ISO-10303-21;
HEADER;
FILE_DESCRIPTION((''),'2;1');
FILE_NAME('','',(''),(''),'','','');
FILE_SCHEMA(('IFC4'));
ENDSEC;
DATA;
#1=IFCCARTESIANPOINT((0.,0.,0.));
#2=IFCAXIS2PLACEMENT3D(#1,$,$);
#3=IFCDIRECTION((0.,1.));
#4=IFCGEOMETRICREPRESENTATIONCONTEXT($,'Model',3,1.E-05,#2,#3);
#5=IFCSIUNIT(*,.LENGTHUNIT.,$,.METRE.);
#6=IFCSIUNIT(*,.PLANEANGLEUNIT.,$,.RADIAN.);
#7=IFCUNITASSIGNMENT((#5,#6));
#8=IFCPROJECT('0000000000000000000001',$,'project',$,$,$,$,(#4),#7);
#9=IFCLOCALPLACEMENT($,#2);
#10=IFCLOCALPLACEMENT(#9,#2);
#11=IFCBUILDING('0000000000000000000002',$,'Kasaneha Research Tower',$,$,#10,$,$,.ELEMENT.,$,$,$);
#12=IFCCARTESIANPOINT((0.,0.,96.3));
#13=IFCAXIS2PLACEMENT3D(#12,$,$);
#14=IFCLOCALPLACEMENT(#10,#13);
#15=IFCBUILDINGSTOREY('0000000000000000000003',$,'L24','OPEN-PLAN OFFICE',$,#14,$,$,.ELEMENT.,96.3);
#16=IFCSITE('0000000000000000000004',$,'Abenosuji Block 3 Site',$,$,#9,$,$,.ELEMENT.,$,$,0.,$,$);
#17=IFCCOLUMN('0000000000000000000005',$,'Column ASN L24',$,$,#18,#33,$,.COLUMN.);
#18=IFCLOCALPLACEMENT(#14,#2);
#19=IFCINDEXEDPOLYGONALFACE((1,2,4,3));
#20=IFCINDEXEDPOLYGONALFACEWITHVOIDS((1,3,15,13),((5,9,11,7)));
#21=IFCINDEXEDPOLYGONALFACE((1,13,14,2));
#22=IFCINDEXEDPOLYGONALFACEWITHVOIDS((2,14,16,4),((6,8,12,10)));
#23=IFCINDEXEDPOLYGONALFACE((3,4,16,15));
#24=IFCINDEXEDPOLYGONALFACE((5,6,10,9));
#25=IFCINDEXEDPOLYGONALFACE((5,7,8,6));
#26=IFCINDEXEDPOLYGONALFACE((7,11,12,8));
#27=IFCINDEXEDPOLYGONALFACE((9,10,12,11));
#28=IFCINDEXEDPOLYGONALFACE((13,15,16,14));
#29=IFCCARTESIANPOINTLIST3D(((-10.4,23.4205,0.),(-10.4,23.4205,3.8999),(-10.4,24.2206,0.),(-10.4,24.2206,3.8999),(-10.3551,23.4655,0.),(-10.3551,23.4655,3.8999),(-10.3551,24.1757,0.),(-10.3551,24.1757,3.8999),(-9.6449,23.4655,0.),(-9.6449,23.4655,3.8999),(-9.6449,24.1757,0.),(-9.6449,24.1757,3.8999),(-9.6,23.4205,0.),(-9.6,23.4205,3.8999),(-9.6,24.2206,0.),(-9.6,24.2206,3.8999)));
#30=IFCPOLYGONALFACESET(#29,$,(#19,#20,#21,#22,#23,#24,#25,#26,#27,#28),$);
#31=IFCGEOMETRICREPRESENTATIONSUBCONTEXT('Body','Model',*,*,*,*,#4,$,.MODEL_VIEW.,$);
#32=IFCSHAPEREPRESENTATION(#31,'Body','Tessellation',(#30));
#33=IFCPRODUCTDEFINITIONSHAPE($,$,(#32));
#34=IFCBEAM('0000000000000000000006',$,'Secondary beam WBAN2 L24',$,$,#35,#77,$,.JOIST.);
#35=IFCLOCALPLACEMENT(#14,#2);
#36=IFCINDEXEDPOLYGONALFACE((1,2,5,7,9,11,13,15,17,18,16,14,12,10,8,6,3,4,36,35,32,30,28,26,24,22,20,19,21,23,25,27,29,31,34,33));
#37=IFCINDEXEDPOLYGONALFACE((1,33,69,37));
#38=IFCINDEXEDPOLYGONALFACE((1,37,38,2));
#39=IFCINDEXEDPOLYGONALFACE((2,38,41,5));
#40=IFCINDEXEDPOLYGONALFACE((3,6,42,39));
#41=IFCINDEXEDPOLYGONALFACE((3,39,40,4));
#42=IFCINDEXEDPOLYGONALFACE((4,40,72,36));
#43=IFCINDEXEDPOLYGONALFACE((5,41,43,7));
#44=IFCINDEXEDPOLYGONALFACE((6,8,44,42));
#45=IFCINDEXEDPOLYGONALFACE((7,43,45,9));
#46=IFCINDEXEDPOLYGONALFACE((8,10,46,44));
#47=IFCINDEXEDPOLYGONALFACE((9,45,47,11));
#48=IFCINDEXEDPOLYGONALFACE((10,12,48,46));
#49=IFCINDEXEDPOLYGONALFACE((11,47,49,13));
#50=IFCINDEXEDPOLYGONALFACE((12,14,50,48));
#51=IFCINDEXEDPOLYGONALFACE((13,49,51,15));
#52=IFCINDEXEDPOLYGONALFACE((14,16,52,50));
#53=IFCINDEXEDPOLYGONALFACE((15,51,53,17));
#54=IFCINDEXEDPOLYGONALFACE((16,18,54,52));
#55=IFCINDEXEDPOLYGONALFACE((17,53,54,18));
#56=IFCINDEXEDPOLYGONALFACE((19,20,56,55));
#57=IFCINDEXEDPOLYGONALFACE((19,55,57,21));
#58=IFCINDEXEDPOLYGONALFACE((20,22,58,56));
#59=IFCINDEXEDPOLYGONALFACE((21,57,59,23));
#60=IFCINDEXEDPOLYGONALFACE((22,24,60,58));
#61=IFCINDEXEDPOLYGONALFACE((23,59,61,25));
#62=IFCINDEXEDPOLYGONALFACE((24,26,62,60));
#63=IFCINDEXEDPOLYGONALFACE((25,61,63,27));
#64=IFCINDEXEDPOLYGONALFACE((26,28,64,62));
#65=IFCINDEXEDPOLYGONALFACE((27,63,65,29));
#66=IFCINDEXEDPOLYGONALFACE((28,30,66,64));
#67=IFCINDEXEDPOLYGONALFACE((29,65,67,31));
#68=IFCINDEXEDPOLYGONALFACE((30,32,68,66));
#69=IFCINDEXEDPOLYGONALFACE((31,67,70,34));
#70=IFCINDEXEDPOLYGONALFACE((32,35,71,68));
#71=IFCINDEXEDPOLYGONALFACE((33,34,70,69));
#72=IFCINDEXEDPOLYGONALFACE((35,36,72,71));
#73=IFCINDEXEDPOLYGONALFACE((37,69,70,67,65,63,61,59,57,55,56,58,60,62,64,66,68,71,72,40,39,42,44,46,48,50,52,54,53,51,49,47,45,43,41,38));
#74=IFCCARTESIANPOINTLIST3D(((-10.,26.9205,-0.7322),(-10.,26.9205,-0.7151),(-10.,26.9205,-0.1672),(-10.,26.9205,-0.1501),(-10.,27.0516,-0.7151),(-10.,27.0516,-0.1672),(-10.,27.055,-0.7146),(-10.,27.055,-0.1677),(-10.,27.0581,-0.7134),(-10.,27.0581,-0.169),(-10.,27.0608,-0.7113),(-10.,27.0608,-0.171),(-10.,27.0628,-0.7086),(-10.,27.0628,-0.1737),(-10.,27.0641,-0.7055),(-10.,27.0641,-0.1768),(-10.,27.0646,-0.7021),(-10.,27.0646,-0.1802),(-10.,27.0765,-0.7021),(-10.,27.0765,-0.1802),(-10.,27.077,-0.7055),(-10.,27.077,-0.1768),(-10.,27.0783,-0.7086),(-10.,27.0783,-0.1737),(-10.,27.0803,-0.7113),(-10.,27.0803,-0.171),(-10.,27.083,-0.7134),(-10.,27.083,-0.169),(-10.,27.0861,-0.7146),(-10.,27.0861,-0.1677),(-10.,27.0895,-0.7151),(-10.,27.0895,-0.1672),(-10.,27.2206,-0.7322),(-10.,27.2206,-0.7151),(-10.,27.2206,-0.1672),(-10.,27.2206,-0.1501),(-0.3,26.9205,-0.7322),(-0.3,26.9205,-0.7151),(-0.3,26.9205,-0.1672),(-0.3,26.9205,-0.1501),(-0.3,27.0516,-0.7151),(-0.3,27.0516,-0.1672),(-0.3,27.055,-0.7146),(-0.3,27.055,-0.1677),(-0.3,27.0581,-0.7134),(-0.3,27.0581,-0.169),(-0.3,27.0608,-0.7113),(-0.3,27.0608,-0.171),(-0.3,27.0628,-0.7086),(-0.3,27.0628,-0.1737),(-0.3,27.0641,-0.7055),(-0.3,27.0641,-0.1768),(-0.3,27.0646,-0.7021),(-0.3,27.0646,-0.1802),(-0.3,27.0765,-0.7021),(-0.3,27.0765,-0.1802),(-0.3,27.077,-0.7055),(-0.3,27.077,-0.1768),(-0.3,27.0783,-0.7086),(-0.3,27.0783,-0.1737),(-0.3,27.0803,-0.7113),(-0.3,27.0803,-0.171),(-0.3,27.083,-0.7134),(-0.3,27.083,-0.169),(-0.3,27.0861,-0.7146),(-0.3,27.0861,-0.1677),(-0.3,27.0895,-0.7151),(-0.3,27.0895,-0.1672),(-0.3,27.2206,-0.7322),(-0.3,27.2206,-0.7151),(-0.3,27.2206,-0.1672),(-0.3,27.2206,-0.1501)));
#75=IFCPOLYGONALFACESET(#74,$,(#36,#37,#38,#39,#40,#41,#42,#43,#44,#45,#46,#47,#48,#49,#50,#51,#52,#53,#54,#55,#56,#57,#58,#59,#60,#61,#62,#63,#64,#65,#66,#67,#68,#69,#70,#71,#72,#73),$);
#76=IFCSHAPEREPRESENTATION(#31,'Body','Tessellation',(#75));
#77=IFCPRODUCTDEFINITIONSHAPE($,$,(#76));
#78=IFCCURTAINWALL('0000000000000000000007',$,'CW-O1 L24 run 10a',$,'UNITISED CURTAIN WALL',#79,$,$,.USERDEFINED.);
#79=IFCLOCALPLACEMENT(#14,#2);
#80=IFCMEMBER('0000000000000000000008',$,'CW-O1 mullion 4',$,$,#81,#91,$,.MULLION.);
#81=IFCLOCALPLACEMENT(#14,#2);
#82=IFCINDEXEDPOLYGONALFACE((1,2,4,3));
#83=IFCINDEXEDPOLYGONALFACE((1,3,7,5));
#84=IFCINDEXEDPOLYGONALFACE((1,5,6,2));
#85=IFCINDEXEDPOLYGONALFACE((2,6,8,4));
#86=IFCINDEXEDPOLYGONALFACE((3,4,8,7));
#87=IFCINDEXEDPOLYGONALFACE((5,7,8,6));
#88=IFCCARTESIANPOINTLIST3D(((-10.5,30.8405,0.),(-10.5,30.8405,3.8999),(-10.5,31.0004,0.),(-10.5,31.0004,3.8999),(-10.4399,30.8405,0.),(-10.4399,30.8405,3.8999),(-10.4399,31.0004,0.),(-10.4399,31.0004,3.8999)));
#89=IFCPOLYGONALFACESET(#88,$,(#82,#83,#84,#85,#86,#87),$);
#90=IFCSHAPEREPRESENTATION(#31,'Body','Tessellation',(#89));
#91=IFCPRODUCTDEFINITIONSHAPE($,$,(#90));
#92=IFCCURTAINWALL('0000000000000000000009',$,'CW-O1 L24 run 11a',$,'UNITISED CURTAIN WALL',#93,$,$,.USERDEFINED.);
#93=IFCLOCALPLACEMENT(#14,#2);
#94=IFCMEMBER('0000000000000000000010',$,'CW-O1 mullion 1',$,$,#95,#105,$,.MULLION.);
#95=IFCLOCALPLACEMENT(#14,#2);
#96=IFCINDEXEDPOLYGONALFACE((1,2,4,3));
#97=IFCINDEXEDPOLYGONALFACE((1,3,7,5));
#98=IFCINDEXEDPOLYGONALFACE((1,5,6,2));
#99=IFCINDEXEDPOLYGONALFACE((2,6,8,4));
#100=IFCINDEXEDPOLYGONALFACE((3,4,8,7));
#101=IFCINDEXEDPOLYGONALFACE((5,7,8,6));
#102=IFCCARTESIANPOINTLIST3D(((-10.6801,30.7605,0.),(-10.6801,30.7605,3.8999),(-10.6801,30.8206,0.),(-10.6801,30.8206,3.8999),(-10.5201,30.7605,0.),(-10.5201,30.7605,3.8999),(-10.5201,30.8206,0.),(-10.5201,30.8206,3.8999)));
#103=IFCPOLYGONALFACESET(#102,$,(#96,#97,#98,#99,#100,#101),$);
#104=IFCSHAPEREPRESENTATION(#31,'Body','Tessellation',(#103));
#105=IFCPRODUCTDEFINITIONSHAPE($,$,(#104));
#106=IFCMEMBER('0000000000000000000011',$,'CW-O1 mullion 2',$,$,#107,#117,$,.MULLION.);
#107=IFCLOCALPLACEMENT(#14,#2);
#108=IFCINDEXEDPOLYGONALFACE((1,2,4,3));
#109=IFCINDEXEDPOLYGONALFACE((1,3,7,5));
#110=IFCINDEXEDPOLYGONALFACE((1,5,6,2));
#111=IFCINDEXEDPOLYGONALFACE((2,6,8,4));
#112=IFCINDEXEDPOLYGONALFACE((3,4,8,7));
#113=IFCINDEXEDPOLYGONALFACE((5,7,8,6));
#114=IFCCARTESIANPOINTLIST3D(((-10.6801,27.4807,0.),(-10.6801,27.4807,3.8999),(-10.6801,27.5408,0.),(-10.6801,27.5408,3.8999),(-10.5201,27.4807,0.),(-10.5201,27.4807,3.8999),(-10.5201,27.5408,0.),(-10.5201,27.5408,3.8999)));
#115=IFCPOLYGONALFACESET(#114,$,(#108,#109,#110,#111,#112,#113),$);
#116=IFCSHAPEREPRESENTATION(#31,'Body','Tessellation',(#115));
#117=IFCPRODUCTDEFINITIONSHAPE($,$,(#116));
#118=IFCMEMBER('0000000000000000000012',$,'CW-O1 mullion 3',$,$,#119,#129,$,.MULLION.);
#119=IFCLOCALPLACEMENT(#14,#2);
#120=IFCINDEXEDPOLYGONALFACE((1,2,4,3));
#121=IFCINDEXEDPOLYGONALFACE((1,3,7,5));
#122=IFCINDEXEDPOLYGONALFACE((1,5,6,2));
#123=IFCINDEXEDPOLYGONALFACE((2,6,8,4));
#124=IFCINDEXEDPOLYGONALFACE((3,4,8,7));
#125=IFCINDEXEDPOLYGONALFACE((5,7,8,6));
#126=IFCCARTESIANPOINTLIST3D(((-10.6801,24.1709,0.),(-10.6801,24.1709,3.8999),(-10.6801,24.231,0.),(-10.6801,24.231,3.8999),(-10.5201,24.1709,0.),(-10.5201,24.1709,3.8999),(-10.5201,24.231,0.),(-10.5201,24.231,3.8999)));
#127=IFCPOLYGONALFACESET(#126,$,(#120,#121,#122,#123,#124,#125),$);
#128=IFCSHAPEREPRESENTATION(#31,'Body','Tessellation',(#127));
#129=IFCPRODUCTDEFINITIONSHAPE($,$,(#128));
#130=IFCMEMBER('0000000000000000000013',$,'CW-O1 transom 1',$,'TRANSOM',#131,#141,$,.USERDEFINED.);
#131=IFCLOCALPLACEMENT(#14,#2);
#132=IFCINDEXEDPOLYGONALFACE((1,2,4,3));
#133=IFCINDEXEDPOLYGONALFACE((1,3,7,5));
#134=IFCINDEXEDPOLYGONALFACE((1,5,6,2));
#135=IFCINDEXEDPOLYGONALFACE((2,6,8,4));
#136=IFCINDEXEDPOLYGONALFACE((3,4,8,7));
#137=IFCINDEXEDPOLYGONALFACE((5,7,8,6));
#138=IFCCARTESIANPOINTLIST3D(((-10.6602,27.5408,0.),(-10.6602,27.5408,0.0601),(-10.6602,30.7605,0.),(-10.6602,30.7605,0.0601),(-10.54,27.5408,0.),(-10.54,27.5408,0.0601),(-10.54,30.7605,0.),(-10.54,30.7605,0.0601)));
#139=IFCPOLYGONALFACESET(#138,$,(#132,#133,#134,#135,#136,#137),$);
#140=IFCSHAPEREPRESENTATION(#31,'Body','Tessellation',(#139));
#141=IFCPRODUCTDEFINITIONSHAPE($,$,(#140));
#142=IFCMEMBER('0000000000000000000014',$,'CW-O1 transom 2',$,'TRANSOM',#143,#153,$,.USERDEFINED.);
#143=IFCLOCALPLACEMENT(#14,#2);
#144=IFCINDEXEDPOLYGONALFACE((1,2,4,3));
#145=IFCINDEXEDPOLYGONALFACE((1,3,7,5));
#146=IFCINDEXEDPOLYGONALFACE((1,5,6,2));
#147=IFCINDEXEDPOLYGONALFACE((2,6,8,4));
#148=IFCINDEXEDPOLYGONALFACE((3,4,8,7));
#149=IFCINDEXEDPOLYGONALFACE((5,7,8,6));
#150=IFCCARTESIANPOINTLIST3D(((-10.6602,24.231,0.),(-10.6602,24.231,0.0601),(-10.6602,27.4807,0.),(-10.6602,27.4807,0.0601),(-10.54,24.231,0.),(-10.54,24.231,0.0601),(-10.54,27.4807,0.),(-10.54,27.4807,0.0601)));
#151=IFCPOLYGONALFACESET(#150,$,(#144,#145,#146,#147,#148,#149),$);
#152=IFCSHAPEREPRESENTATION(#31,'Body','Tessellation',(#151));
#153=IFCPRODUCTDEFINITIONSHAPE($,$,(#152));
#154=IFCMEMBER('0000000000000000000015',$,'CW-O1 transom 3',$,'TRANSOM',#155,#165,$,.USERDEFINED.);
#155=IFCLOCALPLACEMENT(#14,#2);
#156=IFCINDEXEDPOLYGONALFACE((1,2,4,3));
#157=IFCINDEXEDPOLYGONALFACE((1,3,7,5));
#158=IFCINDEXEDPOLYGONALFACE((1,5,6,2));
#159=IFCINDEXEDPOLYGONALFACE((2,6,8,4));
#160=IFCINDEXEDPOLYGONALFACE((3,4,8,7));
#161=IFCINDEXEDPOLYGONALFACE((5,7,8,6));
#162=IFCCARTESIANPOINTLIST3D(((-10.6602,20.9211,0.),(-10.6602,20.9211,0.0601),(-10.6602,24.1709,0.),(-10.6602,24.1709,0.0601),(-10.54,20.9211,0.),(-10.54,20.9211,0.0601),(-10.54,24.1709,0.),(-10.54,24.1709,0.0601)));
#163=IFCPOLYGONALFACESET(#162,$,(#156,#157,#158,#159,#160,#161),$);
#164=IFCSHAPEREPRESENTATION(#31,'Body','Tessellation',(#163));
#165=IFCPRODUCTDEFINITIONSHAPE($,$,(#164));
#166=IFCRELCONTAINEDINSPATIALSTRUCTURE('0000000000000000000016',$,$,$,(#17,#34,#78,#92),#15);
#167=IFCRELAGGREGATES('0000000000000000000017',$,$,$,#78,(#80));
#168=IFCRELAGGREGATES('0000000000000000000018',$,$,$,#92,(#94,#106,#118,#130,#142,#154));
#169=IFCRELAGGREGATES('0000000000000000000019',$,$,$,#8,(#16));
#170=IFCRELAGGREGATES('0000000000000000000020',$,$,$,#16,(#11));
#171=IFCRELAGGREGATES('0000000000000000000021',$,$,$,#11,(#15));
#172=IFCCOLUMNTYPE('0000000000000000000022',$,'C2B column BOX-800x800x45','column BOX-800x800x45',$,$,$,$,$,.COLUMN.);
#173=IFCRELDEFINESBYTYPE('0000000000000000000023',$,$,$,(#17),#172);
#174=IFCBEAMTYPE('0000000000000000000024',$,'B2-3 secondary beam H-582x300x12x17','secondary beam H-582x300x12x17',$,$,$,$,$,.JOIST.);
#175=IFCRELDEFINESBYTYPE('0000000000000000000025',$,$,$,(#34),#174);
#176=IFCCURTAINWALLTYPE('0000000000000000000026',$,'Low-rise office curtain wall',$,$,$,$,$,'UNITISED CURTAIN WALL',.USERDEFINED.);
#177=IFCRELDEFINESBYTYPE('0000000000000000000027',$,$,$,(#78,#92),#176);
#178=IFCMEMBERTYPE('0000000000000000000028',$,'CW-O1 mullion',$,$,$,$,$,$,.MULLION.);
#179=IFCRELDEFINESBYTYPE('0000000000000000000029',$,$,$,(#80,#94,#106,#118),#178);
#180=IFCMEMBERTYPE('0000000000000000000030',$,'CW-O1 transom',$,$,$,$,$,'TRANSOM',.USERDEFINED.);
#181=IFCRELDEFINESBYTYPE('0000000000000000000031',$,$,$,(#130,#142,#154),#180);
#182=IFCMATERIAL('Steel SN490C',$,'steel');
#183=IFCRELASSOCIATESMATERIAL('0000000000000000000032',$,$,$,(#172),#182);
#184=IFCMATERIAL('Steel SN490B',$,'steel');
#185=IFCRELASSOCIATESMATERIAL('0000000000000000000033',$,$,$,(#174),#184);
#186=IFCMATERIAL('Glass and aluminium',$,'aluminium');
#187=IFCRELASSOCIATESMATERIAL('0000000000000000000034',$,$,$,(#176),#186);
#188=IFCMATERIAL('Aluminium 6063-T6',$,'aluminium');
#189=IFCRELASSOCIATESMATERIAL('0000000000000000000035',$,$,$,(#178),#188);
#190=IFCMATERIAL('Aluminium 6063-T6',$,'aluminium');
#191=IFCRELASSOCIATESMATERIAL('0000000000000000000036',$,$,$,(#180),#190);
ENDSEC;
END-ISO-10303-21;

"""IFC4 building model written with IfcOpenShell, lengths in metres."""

from ifc_helpers import new_model, si_unit, direction, frame, origin, origin_2d, place, context, subcontext, project, spatial, rectangle, hollow_rectangle, i_section, extrude, material, material_profile, profile_set, type_object, element, aggregate, save


model = new_model("IFC4")

# Units and contexts
model_context = context("Model", 3, precision=1e-05, world=origin(), true_north=direction((0.0, 1.0)))
body_context = subcontext(model_context, "Body", "Model", "MODEL_VIEW")
ifc_project = project(units=[si_unit("LENGTHUNIT", "METRE"), si_unit("PLANEANGLEUNIT", "RADIAN")], contexts=[model_context])

# Site, building, storey
site_placement = place(None, origin())
site = spatial("IfcSite", under=ifc_project, at=site_placement, Name="Abenosuji Block 3 Site", CompositionType="ELEMENT", RefElevation=0.0)
building_placement = place(site_placement, origin())
building = spatial("IfcBuilding", under=site, at=building_placement, Name="Kasaneha Research Tower", CompositionType="ELEMENT")
storey_placement = place(building_placement, frame((0.0, 0.0, 96.3)))
storey = spatial("IfcBuildingStorey", under=building, at=storey_placement, Name="L24", Description="OPEN-PLAN OFFICE", CompositionType="ELEMENT", Elevation=96.3)

# Column
ifc_material_1 = material(Name="Steel SN490C", Category="steel")
ifc_material_profile_1 = material_profile(ifc_material_1, hollow_rectangle(XDim=0.8, YDim=0.8, WallThickness=0.0449, at=origin_2d()), Name="BOX-800x800x45")
ifc_profile_set_1 = profile_set([ifc_material_profile_1], Name="Steel SN490C")
column_type = type_object("IfcColumnType", Name="C2B column BOX-800x800x45", Description="column BOX-800x800x45", PredefinedType="COLUMN", material=ifc_profile_set_1)
column_placement = place(storey_placement, frame((-10.0, 23.8206, 0.0), z_axis=(0.0, 0.0, 1.0), x_axis=(1.0, 0.0, 0.0)))
element("IfcColumn", 1, at=column_placement, inside=storey, type_object=column_type, Name="Column ASN L24", PredefinedType="COLUMN", context=body_context, shape_type="SweptSolid", body=[
    extrude(hollow_rectangle(XDim=0.8, YDim=0.8, WallThickness=0.0449, at=origin_2d()), origin(), (0.0, 0.0, 1.0), 3.8999),
])

# Beam
ifc_material_2 = material(Name="Steel SN490B", Category="steel")
ifc_material_profile_2 = material_profile(ifc_material_2, i_section(OverallWidth=0.3, OverallDepth=0.582, WebThickness=0.012, FlangeThickness=0.0171, FilletRadius=0.0129, at=origin_2d()), Name="H-582x300x12x17")
ifc_profile_set_2 = profile_set([ifc_material_profile_2], Name="Steel SN490B")
beam_type_1 = type_object("IfcBeamType", Name="B2-3 secondary beam H-582x300x12x17", Description="secondary beam H-582x300x12x17", PredefinedType="JOIST", material=ifc_profile_set_2)
beam_1_placement = place(storey_placement, frame((-10.0, 27.0706, -0.4412), z_axis=(1.0, 0.0, 0.0), x_axis=(0.0, 1.0, 0.0)))
element("IfcBeam", 2, at=beam_1_placement, inside=storey, type_object=beam_type_1, Name="Secondary beam WBAN2 L24", PredefinedType="JOIST", context=body_context, shape_type="SweptSolid", body=[
    extrude(i_section(OverallWidth=0.3, OverallDepth=0.582, WebThickness=0.012, FlangeThickness=0.0171, FilletRadius=0.0129, at=origin_2d()), origin(), (0.0, 0.0, 1.0), 9.7),
])

# Curtain wall, member
ifc_material_3 = material(Name="Glass and aluminium", Category="aluminium")
curtain_wall_type = type_object("IfcCurtainWallType", Name="Low-rise office curtain wall", ElementType="UNITISED CURTAIN WALL", PredefinedType="USERDEFINED", material=ifc_material_3)
curtain_wall_1_placement = place(storey_placement, origin())
curtain_wall_1 = element("IfcCurtainWall", 3, at=curtain_wall_1_placement, inside=storey, type_object=curtain_wall_type, Name="CW-O1 L24 run 10a", ObjectType="UNITISED CURTAIN WALL", PredefinedType="USERDEFINED")
ifc_material_4 = material(Name="Aluminium 6063-T6", Category="aluminium")
ifc_material_profile_3 = material_profile(ifc_material_4, rectangle(XDim=0.0601, YDim=0.1599, at=origin_2d()), Name="CW-O1 mullion 60x160")
ifc_profile_set_3 = profile_set([ifc_material_profile_3], Name="Aluminium 6063-T6")
member_type_1 = type_object("IfcMemberType", Name="CW-O1 mullion", PredefinedType="MULLION", material=ifc_profile_set_3)
member_1_placement = place(storey_placement, frame((-10.47, 30.9204, 0.0), z_axis=(0.0, 0.0, 1.0), x_axis=(-1.0, 0.0, 0.0)))
member_1 = element("IfcMember", 4, at=member_1_placement, type_object=member_type_1, Name="CW-O1 mullion 4", PredefinedType="MULLION", context=body_context, shape_type="SweptSolid", body=[
    extrude(rectangle(XDim=0.0601, YDim=0.1599, at=origin_2d()), origin(), (0.0, 0.0, 1.0), 3.8999),
])
aggregate(curtain_wall_1, [member_1])

# Curtain wall, members
curtain_wall_2_placement = place(storey_placement, origin())
curtain_wall_2 = element("IfcCurtainWall", 5, at=curtain_wall_2_placement, inside=storey, type_object=curtain_wall_type, Name="CW-O1 L24 run 11a", ObjectType="UNITISED CURTAIN WALL", PredefinedType="USERDEFINED")
member_2_placement = place(storey_placement, frame((-10.6001, 30.7905, 0.0), z_axis=(0.0, 0.0, 1.0), x_axis=(0.0, -1.0, 0.0)))
member_2 = element("IfcMember", 6, at=member_2_placement, type_object=member_type_1, Name="CW-O1 mullion 1", PredefinedType="MULLION", context=body_context, shape_type="SweptSolid", body=[
    extrude(rectangle(XDim=0.0601, YDim=0.1599, at=origin_2d()), origin(), (0.0, 0.0, 1.0), 3.8999),
])
member_3_placement = place(storey_placement, frame((-10.6001, 27.5107, 0.0), z_axis=(0.0, 0.0, 1.0), x_axis=(0.0, -1.0, 0.0)))
member_3 = element("IfcMember", 7, at=member_3_placement, type_object=member_type_1, Name="CW-O1 mullion 2", PredefinedType="MULLION", context=body_context, shape_type="SweptSolid", body=[
    extrude(rectangle(XDim=0.0601, YDim=0.1599, at=origin_2d()), origin(), (0.0, 0.0, 1.0), 3.8999),
])
member_4_placement = place(storey_placement, frame((-10.6001, 24.2009, 0.0), z_axis=(0.0, 0.0, 1.0), x_axis=(0.0, -1.0, 0.0)))
member_4 = element("IfcMember", 8, at=member_4_placement, type_object=member_type_1, Name="CW-O1 mullion 3", PredefinedType="MULLION", context=body_context, shape_type="SweptSolid", body=[
    extrude(rectangle(XDim=0.0601, YDim=0.1599, at=origin_2d()), origin(), (0.0, 0.0, 1.0), 3.8999),
])
ifc_material_5 = material(Name="Aluminium 6063-T6", Category="aluminium")
ifc_material_profile_4 = material_profile(ifc_material_5, rectangle(XDim=0.1201, YDim=0.0601, at=origin_2d()), Name="CW-O1 transom 120x60")
ifc_profile_set_4 = profile_set([ifc_material_profile_4], Name="Aluminium 6063-T6")
member_type_2 = type_object("IfcMemberType", Name="CW-O1 transom", ElementType="TRANSOM", PredefinedType="USERDEFINED", material=ifc_profile_set_4)
member_5_placement = place(storey_placement, frame((-10.6001, 30.7605, 0.03), z_axis=(0.0, -1.0, 0.0), x_axis=(1.0, 0.0, 0.0)))
member_5 = element("IfcMember", 9, at=member_5_placement, type_object=member_type_2, Name="CW-O1 transom 1", ObjectType="TRANSOM", PredefinedType="USERDEFINED", context=body_context, shape_type="SweptSolid", body=[
    extrude(rectangle(XDim=0.1201, YDim=0.0601, at=origin_2d()), origin(), (0.0, 0.0, 1.0), 3.2197),
])
member_6_placement = place(storey_placement, frame((-10.6001, 27.4807, 0.03), z_axis=(0.0, -1.0, 0.0), x_axis=(1.0, 0.0, 0.0)))
member_6 = element("IfcMember", 10, at=member_6_placement, type_object=member_type_2, Name="CW-O1 transom 2", ObjectType="TRANSOM", PredefinedType="USERDEFINED", context=body_context, shape_type="SweptSolid", body=[
    extrude(rectangle(XDim=0.1201, YDim=0.0601, at=origin_2d()), origin(), (0.0, 0.0, 1.0), 3.2498),
])
member_7_placement = place(storey_placement, frame((-10.6001, 24.1709, 0.03), z_axis=(0.0, -1.0, 0.0), x_axis=(1.0, 0.0, 0.0)))
member_7 = element("IfcMember", 11, at=member_7_placement, type_object=member_type_2, Name="CW-O1 transom 3", ObjectType="TRANSOM", PredefinedType="USERDEFINED", context=body_context, shape_type="SweptSolid", body=[
    extrude(rectangle(XDim=0.1201, YDim=0.0601, at=origin_2d()), origin(), (0.0, 0.0, 1.0), 3.2498),
])

aggregate(curtain_wall_2, [member_2, member_3, member_4, member_5, member_6, member_7])

save(model, "model.ifc")
